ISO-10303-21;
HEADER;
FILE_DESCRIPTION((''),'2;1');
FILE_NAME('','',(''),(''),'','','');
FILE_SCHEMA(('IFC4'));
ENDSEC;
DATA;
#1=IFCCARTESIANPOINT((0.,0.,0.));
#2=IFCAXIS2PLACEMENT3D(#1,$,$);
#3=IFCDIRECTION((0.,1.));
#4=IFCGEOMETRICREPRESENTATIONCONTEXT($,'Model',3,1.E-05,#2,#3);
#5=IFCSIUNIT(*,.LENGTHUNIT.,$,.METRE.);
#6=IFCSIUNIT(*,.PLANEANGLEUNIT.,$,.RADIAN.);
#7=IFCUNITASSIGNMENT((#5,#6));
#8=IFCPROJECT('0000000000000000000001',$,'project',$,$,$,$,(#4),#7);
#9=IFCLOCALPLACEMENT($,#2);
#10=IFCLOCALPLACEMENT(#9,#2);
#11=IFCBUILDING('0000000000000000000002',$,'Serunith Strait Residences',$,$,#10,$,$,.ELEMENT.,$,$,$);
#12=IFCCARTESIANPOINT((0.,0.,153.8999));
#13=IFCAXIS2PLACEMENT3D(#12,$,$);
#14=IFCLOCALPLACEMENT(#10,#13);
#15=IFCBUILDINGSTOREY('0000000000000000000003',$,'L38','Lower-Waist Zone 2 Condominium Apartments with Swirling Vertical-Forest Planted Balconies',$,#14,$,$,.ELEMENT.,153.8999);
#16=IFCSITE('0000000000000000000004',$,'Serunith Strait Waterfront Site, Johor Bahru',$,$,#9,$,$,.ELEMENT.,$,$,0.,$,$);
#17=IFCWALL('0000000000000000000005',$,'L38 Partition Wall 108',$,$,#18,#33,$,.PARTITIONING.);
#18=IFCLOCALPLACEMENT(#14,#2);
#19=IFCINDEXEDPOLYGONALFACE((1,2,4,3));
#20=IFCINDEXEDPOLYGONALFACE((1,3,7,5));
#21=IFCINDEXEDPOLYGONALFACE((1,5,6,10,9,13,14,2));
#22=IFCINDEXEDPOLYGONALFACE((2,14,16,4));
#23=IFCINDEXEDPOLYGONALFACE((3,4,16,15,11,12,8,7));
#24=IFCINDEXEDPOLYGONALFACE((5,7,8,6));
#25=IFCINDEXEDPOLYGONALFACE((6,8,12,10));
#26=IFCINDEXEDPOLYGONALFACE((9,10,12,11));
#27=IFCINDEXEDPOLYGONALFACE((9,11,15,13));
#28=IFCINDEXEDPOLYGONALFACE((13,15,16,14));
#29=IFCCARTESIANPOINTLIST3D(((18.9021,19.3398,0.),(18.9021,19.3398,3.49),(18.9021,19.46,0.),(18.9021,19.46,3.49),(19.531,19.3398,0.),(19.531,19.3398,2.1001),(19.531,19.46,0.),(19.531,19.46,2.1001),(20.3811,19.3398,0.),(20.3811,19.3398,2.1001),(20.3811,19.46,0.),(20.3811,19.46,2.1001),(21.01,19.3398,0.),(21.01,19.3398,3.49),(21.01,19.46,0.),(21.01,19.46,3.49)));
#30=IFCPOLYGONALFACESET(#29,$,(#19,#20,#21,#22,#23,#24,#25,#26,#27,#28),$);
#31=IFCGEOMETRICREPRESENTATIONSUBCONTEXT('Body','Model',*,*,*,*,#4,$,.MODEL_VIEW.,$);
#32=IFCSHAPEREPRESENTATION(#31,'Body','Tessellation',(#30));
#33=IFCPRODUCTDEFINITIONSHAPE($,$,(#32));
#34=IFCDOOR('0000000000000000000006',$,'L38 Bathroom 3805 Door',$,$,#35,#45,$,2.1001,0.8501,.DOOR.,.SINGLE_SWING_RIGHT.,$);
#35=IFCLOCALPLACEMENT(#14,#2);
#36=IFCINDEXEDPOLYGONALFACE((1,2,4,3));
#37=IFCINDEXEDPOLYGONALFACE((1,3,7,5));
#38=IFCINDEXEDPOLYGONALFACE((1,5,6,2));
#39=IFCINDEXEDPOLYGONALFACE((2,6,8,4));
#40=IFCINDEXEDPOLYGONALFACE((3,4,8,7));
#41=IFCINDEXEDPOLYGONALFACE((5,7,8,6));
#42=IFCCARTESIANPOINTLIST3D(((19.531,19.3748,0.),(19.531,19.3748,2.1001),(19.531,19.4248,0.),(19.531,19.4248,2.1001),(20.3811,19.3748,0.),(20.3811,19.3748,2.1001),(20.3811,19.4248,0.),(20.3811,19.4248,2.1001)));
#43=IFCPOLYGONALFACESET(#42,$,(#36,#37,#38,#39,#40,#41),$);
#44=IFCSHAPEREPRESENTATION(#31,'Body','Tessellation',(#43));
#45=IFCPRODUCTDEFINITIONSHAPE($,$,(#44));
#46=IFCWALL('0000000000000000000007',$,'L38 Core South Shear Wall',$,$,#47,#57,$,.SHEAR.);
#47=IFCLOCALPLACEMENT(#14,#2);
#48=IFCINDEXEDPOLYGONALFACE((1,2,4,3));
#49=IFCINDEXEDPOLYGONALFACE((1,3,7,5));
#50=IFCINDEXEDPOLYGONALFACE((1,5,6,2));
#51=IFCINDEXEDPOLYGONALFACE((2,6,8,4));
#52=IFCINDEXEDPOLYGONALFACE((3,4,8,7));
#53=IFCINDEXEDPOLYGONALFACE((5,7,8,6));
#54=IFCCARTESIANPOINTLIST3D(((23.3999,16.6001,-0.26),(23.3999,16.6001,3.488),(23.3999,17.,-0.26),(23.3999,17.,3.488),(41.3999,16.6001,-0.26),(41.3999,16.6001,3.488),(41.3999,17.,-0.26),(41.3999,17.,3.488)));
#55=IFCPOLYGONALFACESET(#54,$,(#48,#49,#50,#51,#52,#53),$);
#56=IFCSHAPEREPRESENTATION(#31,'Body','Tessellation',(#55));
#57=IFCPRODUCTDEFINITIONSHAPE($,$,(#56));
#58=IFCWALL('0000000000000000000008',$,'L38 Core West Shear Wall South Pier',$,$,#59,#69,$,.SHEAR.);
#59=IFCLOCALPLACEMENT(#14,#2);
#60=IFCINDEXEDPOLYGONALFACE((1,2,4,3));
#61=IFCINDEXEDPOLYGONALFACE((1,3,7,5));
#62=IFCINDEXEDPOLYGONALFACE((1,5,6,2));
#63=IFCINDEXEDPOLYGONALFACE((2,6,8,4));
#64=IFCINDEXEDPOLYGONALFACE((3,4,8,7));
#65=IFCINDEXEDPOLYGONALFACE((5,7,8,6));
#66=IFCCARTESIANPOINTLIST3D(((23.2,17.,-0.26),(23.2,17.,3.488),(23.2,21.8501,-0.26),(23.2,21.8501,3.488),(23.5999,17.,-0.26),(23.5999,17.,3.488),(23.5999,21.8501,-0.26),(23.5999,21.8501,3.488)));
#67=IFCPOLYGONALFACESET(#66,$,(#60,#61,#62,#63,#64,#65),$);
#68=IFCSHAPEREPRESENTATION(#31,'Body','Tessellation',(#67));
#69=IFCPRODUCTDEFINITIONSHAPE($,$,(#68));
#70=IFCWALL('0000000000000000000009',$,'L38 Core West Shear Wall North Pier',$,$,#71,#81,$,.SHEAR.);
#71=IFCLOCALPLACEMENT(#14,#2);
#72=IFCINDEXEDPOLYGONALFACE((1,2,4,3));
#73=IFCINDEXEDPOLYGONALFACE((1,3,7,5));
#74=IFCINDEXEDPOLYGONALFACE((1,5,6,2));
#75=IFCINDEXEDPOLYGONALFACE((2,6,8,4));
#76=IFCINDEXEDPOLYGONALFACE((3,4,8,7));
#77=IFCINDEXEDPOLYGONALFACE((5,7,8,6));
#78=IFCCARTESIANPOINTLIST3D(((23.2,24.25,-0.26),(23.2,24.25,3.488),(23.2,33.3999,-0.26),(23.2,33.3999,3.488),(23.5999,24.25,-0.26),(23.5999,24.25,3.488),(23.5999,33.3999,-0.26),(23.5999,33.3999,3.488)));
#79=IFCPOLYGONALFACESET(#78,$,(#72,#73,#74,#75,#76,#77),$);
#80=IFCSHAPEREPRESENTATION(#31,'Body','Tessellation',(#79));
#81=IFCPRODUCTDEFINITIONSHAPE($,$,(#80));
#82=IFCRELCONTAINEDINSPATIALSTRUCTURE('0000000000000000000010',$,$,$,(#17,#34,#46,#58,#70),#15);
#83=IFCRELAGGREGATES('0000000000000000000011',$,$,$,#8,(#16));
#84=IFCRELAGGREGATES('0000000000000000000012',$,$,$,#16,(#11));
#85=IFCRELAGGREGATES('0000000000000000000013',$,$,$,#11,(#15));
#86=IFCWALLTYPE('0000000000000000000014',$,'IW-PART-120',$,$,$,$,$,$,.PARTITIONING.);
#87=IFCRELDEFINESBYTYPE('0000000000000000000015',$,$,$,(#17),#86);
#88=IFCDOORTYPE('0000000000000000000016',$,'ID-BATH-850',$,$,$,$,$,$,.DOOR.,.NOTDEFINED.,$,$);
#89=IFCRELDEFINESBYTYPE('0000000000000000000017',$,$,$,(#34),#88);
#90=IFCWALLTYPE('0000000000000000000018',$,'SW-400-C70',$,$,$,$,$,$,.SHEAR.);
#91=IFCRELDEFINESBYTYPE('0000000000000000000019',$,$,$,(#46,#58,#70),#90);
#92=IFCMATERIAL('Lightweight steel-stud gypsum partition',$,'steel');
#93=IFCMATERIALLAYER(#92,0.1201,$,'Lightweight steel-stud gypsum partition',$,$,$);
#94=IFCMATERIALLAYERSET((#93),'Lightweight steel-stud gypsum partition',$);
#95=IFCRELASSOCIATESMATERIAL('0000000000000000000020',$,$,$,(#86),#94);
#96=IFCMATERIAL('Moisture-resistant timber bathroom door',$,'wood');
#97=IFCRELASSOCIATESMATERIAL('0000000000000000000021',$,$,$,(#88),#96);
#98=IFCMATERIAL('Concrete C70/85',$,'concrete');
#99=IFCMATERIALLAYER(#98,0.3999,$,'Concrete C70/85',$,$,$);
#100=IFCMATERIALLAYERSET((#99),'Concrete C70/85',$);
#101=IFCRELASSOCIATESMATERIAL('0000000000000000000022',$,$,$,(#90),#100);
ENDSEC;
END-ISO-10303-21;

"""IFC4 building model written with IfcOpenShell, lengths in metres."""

from ifc_helpers import new_model, si_unit, direction, frame, frame_2d, origin, place, context, subcontext, project, spatial, rectangle, extrude, source, transform, mapped, material, layer, layer_set, type_object, element, fill, save


model = new_model("IFC4")

# Units and contexts
model_context = context("Model", 3, precision=1e-05, world=origin(), true_north=direction((0.0, 1.0)))
body_context = subcontext(model_context, "Body", "Model", "MODEL_VIEW")
ifc_project = project(units=[si_unit("LENGTHUNIT", "METRE"), si_unit("PLANEANGLEUNIT", "RADIAN")], contexts=[model_context])

# Site, building, storey
site_placement = place(None, origin())
site = spatial("IfcSite", under=ifc_project, at=site_placement, Name="Serunith Strait Waterfront Site, Johor Bahru", CompositionType="ELEMENT", RefElevation=0.0)
building_placement = place(site_placement, origin())
building = spatial("IfcBuilding", under=site, at=building_placement, Name="Serunith Strait Residences", CompositionType="ELEMENT")
storey_placement = place(building_placement, frame((0.0, 0.0, 153.8999)))
storey = spatial("IfcBuildingStorey", under=building, at=storey_placement, Name="L38", Description="Lower-Waist Zone 2 Condominium Apartments with Swirling Vertical-Forest Planted Balconies", CompositionType="ELEMENT", Elevation=153.8999)

# Shared definitions
ifc_material_1 = material(Name="Lightweight steel-stud gypsum partition", Category="steel")
ifc_layer_1 = layer(ifc_material_1, 0.1201, Name="Lightweight steel-stud gypsum partition")
ifc_layer_set_1 = layer_set([ifc_layer_1], Name="Lightweight steel-stud gypsum partition")
wall_type_1 = type_object("IfcWallType", Name="IW-PART-120", PredefinedType="PARTITIONING", material=ifc_layer_set_1)

# Wall, opening, door
wall_1_placement = place(storey_placement, frame((18.9021, 19.3999, 0.0), z_axis=(0.0, 0.0, 1.0), x_axis=(1.0, 0.0, 0.0)))
wall_1 = element("IfcWall", 1, at=wall_1_placement, inside=storey, type_object=wall_type_1, Name="L38 Partition Wall 108", PredefinedType="PARTITIONING", context=body_context, shape_type="SweptSolid", body=[
    extrude(rectangle(XDim=2.1079, YDim=0.1201, at=frame_2d((1.054, 0.0))), origin(), (0.0, 0.0, 1.0), 3.49),
])
opening_1_placement = place(wall_1_placement, frame((0.6289, 0.0, 0.0)))
opening_1 = element("IfcOpeningElement", 2, at=opening_1_placement, cuts=wall_1, PredefinedType="OPENING", context=body_context, shape_type="SweptSolid", body=[
    extrude(rectangle(XDim=0.8501, YDim=2.1001, at=frame_2d((0.425, 1.05))), frame((0.0, 0.0701, 0.0), z_axis=(0.0, -1.0, 0.0), x_axis=(1.0, 0.0, 0.0)), (0.0, 0.0, 1.0), 0.1401),
])
ifc_material_2 = material(Name="Moisture-resistant timber bathroom door", Category="wood")
door_type_1 = type_object("IfcDoorType", Name="ID-BATH-850", OperationType="NOTDEFINED", PredefinedType="DOOR", material=ifc_material_2)
shared_shape_1 = source(origin(), body_context, "Body", "SweptSolid", [
    extrude(rectangle(XDim=0.8501, YDim=2.1001, at=frame_2d((0.425, 1.05))), frame((0.0, 0.0249, 0.0), z_axis=(0.0, -1.0, 0.0), x_axis=(1.0, 0.0, 0.0)), (0.0, 0.0, 1.0), 0.05),
])
door_1_placement = place(opening_1_placement, origin())
door_1 = element("IfcDoor", 3, at=door_1_placement, inside=storey, type_object=door_type_1, Name="L38 Bathroom 3805 Door", OperationType="SINGLE_SWING_RIGHT", OverallHeight=2.1001, OverallWidth=0.8501, PredefinedType="DOOR", context=body_context, shape_type="MappedRepresentation", body=[
    mapped(shared_shape_1, transform((0.0, 0.0, 0.0), scale=1.0)),
])
fill(opening_1, door_1)

# Walls
ifc_material_3 = material(Name="Concrete C70/85", Category="concrete")
ifc_layer_2 = layer(ifc_material_3, 0.3999, Name="Concrete C70/85")
ifc_layer_set_2 = layer_set([ifc_layer_2], Name="Concrete C70/85")
wall_type_2 = type_object("IfcWallType", Name="SW-400-C70", PredefinedType="SHEAR", material=ifc_layer_set_2)
wall_2_placement = place(storey_placement, frame((23.3999, 16.8, -0.26), z_axis=(0.0, 0.0, 1.0), x_axis=(1.0, 0.0, 0.0)))
element("IfcWall", 4, at=wall_2_placement, inside=storey, type_object=wall_type_2, Name="L38 Core South Shear Wall", PredefinedType="SHEAR", context=body_context, shape_type="SweptSolid", body=[
    extrude(rectangle(XDim=18.0, YDim=0.3999, at=frame_2d((9.0, 0.0))), origin(), (0.0, 0.0, 1.0), 3.748),
])
wall_3_placement = place(storey_placement, frame((23.3999, 17.0, -0.26), z_axis=(0.0, 0.0, 1.0), x_axis=(0.0, 1.0, 0.0)))
element("IfcWall", 5, at=wall_3_placement, inside=storey, type_object=wall_type_2, Name="L38 Core West Shear Wall South Pier", PredefinedType="SHEAR", context=body_context, shape_type="SweptSolid", body=[
    extrude(rectangle(XDim=4.8501, YDim=0.3999, at=frame_2d((2.425, 0.0))), origin(), (0.0, 0.0, 1.0), 3.748),
])
wall_4_placement = place(storey_placement, frame((23.3999, 24.25, -0.26), z_axis=(0.0, 0.0, 1.0), x_axis=(0.0, 1.0, 0.0)))
element("IfcWall", 6, at=wall_4_placement, inside=storey, type_object=wall_type_2, Name="L38 Core West Shear Wall North Pier", PredefinedType="SHEAR", context=body_context, shape_type="SweptSolid", body=[
    extrude(rectangle(XDim=9.1499, YDim=0.3999, at=frame_2d((4.575, 0.0))), origin(), (0.0, 0.0, 1.0), 3.748),
])

save(model, "model.ifc")
